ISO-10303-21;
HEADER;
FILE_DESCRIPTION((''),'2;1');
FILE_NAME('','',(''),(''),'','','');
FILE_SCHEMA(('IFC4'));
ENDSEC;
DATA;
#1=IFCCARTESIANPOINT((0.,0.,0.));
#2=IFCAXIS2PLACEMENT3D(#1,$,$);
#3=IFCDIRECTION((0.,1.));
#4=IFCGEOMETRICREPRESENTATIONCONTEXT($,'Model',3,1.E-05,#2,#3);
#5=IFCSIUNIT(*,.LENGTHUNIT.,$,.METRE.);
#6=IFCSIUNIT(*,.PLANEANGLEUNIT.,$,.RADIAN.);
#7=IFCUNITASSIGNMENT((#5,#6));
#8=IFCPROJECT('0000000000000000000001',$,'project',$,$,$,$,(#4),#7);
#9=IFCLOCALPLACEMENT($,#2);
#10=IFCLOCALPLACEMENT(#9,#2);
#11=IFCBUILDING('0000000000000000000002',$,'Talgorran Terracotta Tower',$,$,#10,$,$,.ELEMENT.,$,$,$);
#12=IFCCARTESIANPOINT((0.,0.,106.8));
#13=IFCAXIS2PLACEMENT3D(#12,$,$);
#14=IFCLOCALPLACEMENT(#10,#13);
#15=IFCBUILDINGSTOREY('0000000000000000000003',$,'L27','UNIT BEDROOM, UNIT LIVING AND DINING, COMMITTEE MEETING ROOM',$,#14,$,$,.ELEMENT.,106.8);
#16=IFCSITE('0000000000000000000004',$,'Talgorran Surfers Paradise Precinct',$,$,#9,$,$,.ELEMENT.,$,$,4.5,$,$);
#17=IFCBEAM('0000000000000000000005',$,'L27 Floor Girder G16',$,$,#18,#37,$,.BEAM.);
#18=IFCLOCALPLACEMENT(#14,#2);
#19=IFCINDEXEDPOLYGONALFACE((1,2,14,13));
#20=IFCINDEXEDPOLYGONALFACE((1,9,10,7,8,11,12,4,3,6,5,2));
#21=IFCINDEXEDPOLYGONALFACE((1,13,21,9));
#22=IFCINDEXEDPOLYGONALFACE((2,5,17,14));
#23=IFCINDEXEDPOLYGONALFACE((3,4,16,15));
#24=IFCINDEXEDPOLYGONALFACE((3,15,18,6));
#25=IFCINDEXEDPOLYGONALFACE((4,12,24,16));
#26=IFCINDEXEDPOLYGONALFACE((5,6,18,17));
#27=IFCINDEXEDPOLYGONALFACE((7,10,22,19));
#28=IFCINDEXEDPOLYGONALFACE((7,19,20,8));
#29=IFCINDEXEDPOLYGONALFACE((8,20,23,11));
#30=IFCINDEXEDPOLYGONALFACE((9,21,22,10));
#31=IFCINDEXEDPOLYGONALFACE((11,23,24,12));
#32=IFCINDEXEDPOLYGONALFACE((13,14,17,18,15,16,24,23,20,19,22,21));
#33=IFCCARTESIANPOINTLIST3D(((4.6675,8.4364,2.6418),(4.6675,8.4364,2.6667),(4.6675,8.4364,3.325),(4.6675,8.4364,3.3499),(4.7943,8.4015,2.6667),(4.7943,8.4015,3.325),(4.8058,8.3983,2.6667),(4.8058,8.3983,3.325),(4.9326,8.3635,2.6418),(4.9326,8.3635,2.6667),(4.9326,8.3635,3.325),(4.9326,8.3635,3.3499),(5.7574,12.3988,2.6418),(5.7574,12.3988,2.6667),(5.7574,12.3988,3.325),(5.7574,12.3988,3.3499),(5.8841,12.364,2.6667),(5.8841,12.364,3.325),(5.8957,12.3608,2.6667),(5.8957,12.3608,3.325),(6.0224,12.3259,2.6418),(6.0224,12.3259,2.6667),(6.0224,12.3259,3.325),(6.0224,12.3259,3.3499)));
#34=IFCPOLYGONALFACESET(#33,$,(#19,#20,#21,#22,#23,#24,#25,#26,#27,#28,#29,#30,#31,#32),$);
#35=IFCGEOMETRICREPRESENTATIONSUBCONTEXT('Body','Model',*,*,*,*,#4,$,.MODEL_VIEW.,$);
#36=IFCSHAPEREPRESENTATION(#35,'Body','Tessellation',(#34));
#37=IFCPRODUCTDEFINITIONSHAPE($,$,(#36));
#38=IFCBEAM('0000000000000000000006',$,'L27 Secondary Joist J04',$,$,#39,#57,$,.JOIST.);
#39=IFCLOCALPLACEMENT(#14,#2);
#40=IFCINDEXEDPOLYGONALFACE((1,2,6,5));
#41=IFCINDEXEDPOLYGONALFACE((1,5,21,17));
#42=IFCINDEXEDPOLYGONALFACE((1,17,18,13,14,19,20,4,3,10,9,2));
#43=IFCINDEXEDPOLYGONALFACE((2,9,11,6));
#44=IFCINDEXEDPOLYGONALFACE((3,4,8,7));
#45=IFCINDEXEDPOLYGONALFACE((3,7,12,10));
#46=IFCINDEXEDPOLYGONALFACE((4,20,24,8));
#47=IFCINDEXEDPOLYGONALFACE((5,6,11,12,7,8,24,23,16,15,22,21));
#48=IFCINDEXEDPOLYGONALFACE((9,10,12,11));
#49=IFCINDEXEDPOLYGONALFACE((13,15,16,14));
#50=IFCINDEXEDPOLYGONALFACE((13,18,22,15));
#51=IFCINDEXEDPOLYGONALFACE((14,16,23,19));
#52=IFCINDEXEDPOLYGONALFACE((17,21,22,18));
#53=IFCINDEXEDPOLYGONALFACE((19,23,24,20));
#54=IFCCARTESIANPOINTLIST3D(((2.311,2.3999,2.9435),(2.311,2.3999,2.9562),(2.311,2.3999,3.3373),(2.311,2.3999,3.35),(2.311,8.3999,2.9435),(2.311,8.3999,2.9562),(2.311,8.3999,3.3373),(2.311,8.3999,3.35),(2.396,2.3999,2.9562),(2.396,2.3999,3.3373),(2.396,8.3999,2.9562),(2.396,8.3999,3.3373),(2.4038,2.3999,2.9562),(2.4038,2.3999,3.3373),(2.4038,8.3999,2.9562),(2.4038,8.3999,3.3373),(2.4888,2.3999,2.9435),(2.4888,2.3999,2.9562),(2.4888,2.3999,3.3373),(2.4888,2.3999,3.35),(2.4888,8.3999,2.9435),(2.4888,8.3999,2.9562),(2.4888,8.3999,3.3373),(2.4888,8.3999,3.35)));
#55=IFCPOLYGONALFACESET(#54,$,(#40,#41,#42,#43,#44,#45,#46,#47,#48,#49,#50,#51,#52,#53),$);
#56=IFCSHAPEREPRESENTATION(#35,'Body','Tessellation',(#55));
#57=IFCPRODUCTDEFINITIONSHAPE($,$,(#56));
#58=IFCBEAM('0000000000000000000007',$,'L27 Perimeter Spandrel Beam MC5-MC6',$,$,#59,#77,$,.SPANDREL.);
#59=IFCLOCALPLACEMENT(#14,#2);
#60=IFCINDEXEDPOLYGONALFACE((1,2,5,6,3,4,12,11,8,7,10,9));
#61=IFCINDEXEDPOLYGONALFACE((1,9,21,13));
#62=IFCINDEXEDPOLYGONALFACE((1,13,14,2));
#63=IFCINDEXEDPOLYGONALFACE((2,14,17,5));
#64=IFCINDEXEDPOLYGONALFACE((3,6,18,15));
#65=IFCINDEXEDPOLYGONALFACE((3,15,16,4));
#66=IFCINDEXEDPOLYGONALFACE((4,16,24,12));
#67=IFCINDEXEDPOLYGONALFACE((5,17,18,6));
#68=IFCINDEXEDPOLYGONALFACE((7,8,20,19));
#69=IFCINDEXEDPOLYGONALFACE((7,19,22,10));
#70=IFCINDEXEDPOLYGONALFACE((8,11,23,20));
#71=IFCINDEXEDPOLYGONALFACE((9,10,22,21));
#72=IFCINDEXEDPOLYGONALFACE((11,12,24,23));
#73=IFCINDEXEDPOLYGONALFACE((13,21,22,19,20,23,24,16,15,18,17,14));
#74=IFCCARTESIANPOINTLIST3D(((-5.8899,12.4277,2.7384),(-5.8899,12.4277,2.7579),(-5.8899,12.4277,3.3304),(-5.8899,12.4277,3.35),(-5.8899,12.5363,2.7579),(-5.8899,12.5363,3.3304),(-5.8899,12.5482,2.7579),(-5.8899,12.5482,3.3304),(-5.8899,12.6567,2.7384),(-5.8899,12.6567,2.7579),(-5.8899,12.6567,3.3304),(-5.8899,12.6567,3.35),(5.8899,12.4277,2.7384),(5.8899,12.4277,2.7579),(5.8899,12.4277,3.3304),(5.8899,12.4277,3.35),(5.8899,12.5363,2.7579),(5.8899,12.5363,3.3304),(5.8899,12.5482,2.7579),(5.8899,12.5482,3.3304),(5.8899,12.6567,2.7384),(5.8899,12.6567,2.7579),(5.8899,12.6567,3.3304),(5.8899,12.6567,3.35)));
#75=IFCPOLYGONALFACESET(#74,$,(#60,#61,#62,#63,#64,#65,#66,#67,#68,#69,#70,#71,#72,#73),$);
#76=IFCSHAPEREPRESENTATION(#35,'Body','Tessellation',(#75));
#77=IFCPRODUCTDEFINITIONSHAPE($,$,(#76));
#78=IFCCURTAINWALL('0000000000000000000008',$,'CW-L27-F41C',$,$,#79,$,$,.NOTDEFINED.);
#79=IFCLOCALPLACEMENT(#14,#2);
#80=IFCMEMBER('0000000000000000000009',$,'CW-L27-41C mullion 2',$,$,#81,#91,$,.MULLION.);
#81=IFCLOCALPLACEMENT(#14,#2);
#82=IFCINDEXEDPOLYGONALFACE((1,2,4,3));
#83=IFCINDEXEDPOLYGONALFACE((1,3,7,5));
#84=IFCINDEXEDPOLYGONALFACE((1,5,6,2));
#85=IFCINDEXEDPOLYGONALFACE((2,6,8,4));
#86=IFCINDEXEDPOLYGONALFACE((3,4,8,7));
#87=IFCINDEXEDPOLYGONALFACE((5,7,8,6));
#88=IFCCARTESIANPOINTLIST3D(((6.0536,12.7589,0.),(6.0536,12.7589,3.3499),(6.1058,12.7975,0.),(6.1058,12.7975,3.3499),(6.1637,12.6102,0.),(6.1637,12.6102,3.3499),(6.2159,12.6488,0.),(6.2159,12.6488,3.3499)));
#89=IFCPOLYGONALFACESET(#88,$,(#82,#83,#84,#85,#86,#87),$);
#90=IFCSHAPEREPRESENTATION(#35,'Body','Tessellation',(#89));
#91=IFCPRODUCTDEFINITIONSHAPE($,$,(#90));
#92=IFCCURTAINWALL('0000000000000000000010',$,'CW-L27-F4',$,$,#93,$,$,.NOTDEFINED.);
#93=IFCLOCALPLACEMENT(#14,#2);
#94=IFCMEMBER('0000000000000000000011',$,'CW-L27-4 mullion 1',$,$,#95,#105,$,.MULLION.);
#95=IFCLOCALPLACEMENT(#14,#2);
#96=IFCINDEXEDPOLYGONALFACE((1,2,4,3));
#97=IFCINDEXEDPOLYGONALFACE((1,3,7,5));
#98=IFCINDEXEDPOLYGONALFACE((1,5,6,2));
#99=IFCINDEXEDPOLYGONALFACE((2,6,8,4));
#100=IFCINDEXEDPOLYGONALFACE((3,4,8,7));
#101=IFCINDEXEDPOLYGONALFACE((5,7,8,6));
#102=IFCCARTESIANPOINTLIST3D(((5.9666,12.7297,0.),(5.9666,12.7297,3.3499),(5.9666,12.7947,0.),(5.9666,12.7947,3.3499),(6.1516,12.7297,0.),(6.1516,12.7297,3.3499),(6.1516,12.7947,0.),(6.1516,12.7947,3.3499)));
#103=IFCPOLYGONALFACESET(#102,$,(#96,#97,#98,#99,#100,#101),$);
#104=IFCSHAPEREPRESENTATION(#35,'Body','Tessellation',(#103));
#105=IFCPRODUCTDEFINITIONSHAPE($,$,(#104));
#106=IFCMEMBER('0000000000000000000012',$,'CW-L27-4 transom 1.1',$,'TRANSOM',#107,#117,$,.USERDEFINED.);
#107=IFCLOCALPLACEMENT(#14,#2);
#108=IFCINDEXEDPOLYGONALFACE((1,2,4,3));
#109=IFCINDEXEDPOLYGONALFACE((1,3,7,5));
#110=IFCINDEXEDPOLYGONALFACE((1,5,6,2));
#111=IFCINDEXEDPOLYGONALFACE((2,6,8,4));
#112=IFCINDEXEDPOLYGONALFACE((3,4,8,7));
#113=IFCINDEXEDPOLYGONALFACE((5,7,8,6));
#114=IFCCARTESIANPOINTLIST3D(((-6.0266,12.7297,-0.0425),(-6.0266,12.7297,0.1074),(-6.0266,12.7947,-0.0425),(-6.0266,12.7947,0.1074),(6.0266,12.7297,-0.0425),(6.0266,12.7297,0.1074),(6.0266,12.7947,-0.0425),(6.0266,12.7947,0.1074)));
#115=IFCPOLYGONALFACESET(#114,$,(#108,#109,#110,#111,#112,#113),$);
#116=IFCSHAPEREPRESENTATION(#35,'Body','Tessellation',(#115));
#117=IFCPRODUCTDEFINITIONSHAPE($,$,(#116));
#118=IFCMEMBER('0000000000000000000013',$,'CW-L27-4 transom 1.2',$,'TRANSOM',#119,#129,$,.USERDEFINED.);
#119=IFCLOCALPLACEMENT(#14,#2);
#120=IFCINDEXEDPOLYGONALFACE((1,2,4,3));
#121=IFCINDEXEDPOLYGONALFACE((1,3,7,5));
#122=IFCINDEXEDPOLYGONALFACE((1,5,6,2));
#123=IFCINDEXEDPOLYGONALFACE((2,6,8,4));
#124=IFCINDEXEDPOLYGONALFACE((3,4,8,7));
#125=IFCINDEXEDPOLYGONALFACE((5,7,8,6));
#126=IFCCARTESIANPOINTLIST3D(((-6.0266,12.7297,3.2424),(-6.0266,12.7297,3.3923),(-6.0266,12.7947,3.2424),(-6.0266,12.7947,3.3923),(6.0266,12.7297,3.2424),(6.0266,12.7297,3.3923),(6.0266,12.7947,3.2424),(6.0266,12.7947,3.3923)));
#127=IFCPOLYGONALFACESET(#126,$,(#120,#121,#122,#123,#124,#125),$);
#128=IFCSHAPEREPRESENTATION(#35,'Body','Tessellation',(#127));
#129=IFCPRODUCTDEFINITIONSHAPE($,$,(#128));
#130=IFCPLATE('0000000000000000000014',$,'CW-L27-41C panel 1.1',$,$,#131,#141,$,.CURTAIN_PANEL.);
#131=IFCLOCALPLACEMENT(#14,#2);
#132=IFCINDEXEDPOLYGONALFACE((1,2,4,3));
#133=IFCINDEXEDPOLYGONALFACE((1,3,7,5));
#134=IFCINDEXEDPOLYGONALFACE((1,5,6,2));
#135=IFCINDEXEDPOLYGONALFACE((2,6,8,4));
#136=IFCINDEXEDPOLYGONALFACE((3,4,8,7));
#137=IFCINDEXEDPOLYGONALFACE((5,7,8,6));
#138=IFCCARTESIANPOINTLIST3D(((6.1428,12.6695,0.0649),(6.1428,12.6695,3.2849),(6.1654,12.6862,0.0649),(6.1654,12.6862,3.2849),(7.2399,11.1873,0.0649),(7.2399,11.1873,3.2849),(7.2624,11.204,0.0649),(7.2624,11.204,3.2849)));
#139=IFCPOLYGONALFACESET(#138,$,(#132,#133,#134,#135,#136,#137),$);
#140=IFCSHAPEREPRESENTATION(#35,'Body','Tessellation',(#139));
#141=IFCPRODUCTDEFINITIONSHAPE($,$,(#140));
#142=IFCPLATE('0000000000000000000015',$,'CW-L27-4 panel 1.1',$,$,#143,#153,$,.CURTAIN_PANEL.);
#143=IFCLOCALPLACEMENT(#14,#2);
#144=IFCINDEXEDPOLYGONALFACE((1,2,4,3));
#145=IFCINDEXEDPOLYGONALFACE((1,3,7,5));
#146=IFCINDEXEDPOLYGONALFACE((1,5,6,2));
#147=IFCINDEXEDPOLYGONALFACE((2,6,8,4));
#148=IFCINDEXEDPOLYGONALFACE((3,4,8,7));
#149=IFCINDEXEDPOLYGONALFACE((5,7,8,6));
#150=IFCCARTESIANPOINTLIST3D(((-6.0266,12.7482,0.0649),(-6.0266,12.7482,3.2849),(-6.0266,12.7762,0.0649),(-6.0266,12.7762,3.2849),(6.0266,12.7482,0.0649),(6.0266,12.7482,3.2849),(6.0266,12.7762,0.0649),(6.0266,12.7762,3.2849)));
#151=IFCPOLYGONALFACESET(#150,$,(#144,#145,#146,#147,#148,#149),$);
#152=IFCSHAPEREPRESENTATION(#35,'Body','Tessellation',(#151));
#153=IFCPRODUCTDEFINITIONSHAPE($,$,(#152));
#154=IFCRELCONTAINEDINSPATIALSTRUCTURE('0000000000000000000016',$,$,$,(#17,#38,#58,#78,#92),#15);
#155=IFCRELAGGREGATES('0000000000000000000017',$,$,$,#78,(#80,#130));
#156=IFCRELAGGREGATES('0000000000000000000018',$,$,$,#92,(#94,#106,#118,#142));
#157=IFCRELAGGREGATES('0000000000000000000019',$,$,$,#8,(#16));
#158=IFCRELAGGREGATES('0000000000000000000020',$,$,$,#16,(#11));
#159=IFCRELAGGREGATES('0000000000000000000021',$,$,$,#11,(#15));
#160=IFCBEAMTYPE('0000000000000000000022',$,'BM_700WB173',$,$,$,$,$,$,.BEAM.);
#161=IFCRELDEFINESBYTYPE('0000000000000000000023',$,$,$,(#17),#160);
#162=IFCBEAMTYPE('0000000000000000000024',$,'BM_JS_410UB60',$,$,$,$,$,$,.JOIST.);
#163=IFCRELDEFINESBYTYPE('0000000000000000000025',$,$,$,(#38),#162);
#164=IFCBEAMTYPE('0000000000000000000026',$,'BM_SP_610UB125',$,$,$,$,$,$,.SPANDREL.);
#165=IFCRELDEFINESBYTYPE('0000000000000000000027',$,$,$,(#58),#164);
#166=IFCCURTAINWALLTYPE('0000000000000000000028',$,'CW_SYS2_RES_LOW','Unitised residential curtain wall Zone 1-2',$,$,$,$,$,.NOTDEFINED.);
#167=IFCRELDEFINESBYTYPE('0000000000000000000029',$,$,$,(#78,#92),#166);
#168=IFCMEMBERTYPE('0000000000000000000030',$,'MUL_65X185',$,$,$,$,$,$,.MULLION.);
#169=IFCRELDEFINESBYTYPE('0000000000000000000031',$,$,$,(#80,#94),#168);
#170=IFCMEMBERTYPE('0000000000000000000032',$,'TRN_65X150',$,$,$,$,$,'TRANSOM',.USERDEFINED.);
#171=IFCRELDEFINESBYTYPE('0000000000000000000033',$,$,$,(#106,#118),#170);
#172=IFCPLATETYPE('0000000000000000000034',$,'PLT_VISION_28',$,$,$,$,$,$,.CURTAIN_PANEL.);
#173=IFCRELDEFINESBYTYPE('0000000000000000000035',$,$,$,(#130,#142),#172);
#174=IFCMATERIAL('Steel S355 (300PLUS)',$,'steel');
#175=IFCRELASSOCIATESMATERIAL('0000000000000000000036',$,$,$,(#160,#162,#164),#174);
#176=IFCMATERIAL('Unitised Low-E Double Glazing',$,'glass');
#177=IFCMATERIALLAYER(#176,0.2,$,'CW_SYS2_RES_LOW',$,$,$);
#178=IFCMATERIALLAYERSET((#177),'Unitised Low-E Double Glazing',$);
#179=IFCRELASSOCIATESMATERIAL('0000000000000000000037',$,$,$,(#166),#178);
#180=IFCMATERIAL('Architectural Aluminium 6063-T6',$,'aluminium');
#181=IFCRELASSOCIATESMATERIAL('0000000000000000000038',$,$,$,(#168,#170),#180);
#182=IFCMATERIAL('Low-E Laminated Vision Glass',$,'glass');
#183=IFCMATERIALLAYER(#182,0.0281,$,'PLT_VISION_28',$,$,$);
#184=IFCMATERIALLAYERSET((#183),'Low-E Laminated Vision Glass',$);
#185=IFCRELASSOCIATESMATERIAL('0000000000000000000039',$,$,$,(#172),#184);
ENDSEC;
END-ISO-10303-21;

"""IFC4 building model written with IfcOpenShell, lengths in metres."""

from ifc_helpers import new_model, si_unit, direction, frame, origin, origin_2d, place, context, subcontext, project, spatial, rectangle, i_section, extrude, source, transform, mapped, material, layer, layer_set, material_profile, profile_set, type_object, type_shapes, element, aggregate, save


model = new_model("IFC4")

# Units and contexts
model_context = context("Model", 3, precision=1e-05, world=origin(), true_north=direction((0.0, 1.0)))
body_context = subcontext(model_context, "Body", "Model", "MODEL_VIEW")
ifc_project = project(units=[si_unit("LENGTHUNIT", "METRE"), si_unit("PLANEANGLEUNIT", "RADIAN")], contexts=[model_context])

# Site, building, storey
site_placement = place(None, origin())
site = spatial("IfcSite", under=ifc_project, at=site_placement, Name="Talgorran Surfers Paradise Precinct", CompositionType="ELEMENT", RefElevation=4.5)
building_placement = place(site_placement, origin())
building = spatial("IfcBuilding", under=site, at=building_placement, Name="Talgorran Terracotta Tower", CompositionType="ELEMENT")
storey_placement = place(building_placement, frame((0.0, 0.0, 106.8)))
storey = spatial("IfcBuildingStorey", under=building, at=storey_placement, Name="L27", Description="UNIT BEDROOM, UNIT LIVING AND DINING, COMMITTEE MEETING ROOM", CompositionType="ELEMENT", Elevation=106.8)

# Shared definitions
ifc_material_1 = material(Name="Steel S355 (300PLUS)", Category="steel")

# Beams
ifc_material_profile_1 = material_profile(ifc_material_1, i_section(OverallWidth=0.2749, OverallDepth=0.708, WebThickness=0.012, FlangeThickness=0.0249, at=origin_2d()), Name="700WB173")
ifc_profile_set_1 = profile_set([ifc_material_profile_1], Name="Steel S355 (300PLUS)")
beam_type_1 = type_object("IfcBeamType", Name="BM_700WB173", PredefinedType="BEAM", material=ifc_profile_set_1)
beam_1_placement = place(storey_placement, frame((4.8, 8.3999, 2.9958), z_axis=(0.265198, 0.964194, 0.0), x_axis=(-0.964194, 0.265198, 0.0)))
element("IfcBeam", 1, at=beam_1_placement, inside=storey, type_object=beam_type_1, Name="L27 Floor Girder G16", PredefinedType="BEAM", context=body_context, shape_type="SweptSolid", body=[
    extrude(i_section(OverallWidth=0.2749, OverallDepth=0.708, WebThickness=0.012, FlangeThickness=0.0249, at=origin_2d()), origin(), (0.0, 0.0, 1.0), 4.1096),
])
ifc_material_profile_2 = material_profile(ifc_material_1, i_section(OverallWidth=0.1777, OverallDepth=0.4065, WebThickness=0.0078, FlangeThickness=0.0127, at=origin_2d()), Name="410UB59.7")
ifc_profile_set_2 = profile_set([ifc_material_profile_2], Name="Steel S355 (300PLUS)")
beam_type_2 = type_object("IfcBeamType", Name="BM_JS_410UB60", PredefinedType="JOIST", material=ifc_profile_set_2)
beam_2_placement = place(storey_placement, frame((2.3999, 2.3999, 3.1467), z_axis=(0.0, 1.0, 0.0), x_axis=(-1.0, 0.0, 0.0)))
element("IfcBeam", 2, at=beam_2_placement, inside=storey, type_object=beam_type_2, Name="L27 Secondary Joist J04", PredefinedType="JOIST", context=body_context, shape_type="SweptSolid", body=[
    extrude(i_section(OverallWidth=0.1777, OverallDepth=0.4065, WebThickness=0.0078, FlangeThickness=0.0127, at=origin_2d()), origin(), (0.0, 0.0, 1.0), 6.0),
])
ifc_material_profile_3 = material_profile(ifc_material_1, i_section(OverallWidth=0.229, OverallDepth=0.6116, WebThickness=0.012, FlangeThickness=0.0195, at=origin_2d()), Name="610UB125")
ifc_profile_set_3 = profile_set([ifc_material_profile_3], Name="Steel S355 (300PLUS)")
beam_type_3 = type_object("IfcBeamType", Name="BM_SP_610UB125", PredefinedType="SPANDREL", material=ifc_profile_set_3)
beam_3_placement = place(storey_placement, frame((5.8899, 12.5422, 3.0442), z_axis=(-1.0, 0.0, 0.0), x_axis=(0.0, -1.0, 0.0)))
element("IfcBeam", 3, at=beam_3_placement, inside=storey, type_object=beam_type_3, Name="L27 Perimeter Spandrel Beam MC5-MC6", PredefinedType="SPANDREL", context=body_context, shape_type="SweptSolid", body=[
    extrude(i_section(OverallWidth=0.229, OverallDepth=0.6116, WebThickness=0.012, FlangeThickness=0.0195, at=origin_2d()), origin(), (0.0, 0.0, 1.0), 11.7798),
])

# Curtain wall, member
ifc_material_2 = material(Name="Unitised Low-E Double Glazing", Category="glass")
ifc_layer_1 = layer(ifc_material_2, 0.2, Name="CW_SYS2_RES_LOW")
ifc_layer_set_1 = layer_set([ifc_layer_1], Name="Unitised Low-E Double Glazing")
curtain_wall_type = type_object("IfcCurtainWallType", Name="CW_SYS2_RES_LOW", Description="Unitised residential curtain wall Zone 1-2", PredefinedType="NOTDEFINED", material=ifc_layer_set_1)
curtain_wall_1_placement = place(storey_placement, origin())
curtain_wall_1 = element("IfcCurtainWall", 4, at=curtain_wall_1_placement, inside=storey, type_object=curtain_wall_type, Name="CW-L27-F41C", PredefinedType="NOTDEFINED")
ifc_material_3 = material(Name="Architectural Aluminium 6063-T6", Category="aluminium")
ifc_material_profile_4 = material_profile(ifc_material_3, rectangle(XDim=0.0649, YDim=0.1851, at=origin_2d()), Name="CWM65X185")
ifc_profile_set_4 = profile_set([ifc_material_profile_4], Name="Architectural Aluminium 6063-T6")
member_type_1 = type_object("IfcMemberType", Name="MUL_65X185", PredefinedType="MULLION", material=ifc_profile_set_4)
member_1_placement = place(storey_placement, frame((6.1348, 12.7039, 0.0), z_axis=(0.0, 0.0, 1.0), x_axis=(-0.80379, -0.594914, 0.0)))
member_1 = element("IfcMember", 5, at=member_1_placement, type_object=member_type_1, Name="CW-L27-41C mullion 2", PredefinedType="MULLION", context=body_context, shape_type="SweptSolid", body=[
    extrude(rectangle(XDim=0.0649, YDim=0.1851, at=origin_2d()), origin(), (0.0, 0.0, 1.0), 3.3499),
])

# Curtain wall, members
curtain_wall_2_placement = place(storey_placement, origin())
curtain_wall_2 = element("IfcCurtainWall", 6, at=curtain_wall_2_placement, inside=storey, type_object=curtain_wall_type, Name="CW-L27-F4", PredefinedType="NOTDEFINED")
member_2_placement = place(storey_placement, frame((6.0591, 12.7622, 0.0), z_axis=(0.0, 0.0, 1.0), x_axis=(0.0, -1.0, 0.0)))
member_2 = element("IfcMember", 7, at=member_2_placement, type_object=member_type_1, Name="CW-L27-4 mullion 1", PredefinedType="MULLION", context=body_context, shape_type="SweptSolid", body=[
    extrude(rectangle(XDim=0.0649, YDim=0.1851, at=origin_2d()), origin(), (0.0, 0.0, 1.0), 3.3499),
])
ifc_material_profile_5 = material_profile(ifc_material_3, rectangle(XDim=0.0649, YDim=0.1499, at=origin_2d()), Name="CWT65X150")
ifc_profile_set_5 = profile_set([ifc_material_profile_5], Name="Architectural Aluminium 6063-T6")
member_type_2 = type_object("IfcMemberType", Name="TRN_65X150", ElementType="TRANSOM", PredefinedType="USERDEFINED", material=ifc_profile_set_5)
member_3_placement = place(storey_placement, frame((6.0266, 12.7622, 0.0325), z_axis=(-1.0, 0.0, 0.0), x_axis=(0.0, -1.0, 0.0)))
member_3 = element("IfcMember", 8, at=member_3_placement, type_object=member_type_2, Name="CW-L27-4 transom 1.1", ObjectType="TRANSOM", PredefinedType="USERDEFINED", context=body_context, shape_type="SweptSolid", body=[
    extrude(rectangle(XDim=0.0649, YDim=0.1499, at=origin_2d()), origin(), (0.0, 0.0, 1.0), 12.0532),
])
member_4_placement = place(storey_placement, frame((6.0266, 12.7622, 3.3174), z_axis=(-1.0, 0.0, 0.0), x_axis=(0.0, -1.0, 0.0)))
member_4 = element("IfcMember", 9, at=member_4_placement, type_object=member_type_2, Name="CW-L27-4 transom 1.2", ObjectType="TRANSOM", PredefinedType="USERDEFINED", context=body_context, shape_type="SweptSolid", body=[
    extrude(rectangle(XDim=0.0649, YDim=0.1499, at=origin_2d()), origin(), (0.0, 0.0, 1.0), 12.0532),
])

# Plates
ifc_material_4 = material(Name="Low-E Laminated Vision Glass", Category="glass")
ifc_layer_2 = layer(ifc_material_4, 0.0281, Name="PLT_VISION_28")
ifc_layer_set_2 = layer_set([ifc_layer_2], Name="Low-E Laminated Vision Glass")
plate_type = type_object("IfcPlateType", Name="PLT_VISION_28", PredefinedType="CURTAIN_PANEL", material=ifc_layer_set_2)
shared_shape_1 = source(origin(), body_context, "Body", "SweptSolid", [
    extrude(rectangle(XDim=1.844, YDim=0.0281, at=origin_2d()), origin(), (0.0, 0.0, 1.0), 3.22),
])
plate_1_placement = place(storey_placement, frame((6.7026, 11.9368, 0.0649), z_axis=(0.0, 0.0, 1.0), x_axis=(-0.594914, 0.80379, 0.0)))
plate_1 = element("IfcPlate", 10, at=plate_1_placement, type_object=plate_type, Name="CW-L27-41C panel 1.1", PredefinedType="CURTAIN_PANEL", context=body_context, shape_type="MappedRepresentation", body=[
    mapped(shared_shape_1, transform((0.0, 0.0, 0.0), scale=1.0)),
])
aggregate(curtain_wall_1, [member_1, plate_1])
shared_shape_2 = source(origin(), body_context, "Body", "SweptSolid", [
    extrude(rectangle(XDim=12.0532, YDim=0.0281, at=origin_2d()), origin(), (0.0, 0.0, 1.0), 3.22),
])
type_shapes(plate_type, [shared_shape_1, shared_shape_2])
plate_2_placement = place(storey_placement, frame((0.0, 12.7622, 0.0649), z_axis=(0.0, 0.0, 1.0), x_axis=(-1.0, 0.0, 0.0)))
plate_2 = element("IfcPlate", 11, at=plate_2_placement, type_object=plate_type, Name="CW-L27-4 panel 1.1", PredefinedType="CURTAIN_PANEL", context=body_context, shape_type="MappedRepresentation", body=[
    mapped(shared_shape_2, transform((0.0, 0.0, 0.0), scale=1.0)),
])
aggregate(curtain_wall_2, [member_2, member_3, member_4, plate_2])

save(model, "model.ifc")
